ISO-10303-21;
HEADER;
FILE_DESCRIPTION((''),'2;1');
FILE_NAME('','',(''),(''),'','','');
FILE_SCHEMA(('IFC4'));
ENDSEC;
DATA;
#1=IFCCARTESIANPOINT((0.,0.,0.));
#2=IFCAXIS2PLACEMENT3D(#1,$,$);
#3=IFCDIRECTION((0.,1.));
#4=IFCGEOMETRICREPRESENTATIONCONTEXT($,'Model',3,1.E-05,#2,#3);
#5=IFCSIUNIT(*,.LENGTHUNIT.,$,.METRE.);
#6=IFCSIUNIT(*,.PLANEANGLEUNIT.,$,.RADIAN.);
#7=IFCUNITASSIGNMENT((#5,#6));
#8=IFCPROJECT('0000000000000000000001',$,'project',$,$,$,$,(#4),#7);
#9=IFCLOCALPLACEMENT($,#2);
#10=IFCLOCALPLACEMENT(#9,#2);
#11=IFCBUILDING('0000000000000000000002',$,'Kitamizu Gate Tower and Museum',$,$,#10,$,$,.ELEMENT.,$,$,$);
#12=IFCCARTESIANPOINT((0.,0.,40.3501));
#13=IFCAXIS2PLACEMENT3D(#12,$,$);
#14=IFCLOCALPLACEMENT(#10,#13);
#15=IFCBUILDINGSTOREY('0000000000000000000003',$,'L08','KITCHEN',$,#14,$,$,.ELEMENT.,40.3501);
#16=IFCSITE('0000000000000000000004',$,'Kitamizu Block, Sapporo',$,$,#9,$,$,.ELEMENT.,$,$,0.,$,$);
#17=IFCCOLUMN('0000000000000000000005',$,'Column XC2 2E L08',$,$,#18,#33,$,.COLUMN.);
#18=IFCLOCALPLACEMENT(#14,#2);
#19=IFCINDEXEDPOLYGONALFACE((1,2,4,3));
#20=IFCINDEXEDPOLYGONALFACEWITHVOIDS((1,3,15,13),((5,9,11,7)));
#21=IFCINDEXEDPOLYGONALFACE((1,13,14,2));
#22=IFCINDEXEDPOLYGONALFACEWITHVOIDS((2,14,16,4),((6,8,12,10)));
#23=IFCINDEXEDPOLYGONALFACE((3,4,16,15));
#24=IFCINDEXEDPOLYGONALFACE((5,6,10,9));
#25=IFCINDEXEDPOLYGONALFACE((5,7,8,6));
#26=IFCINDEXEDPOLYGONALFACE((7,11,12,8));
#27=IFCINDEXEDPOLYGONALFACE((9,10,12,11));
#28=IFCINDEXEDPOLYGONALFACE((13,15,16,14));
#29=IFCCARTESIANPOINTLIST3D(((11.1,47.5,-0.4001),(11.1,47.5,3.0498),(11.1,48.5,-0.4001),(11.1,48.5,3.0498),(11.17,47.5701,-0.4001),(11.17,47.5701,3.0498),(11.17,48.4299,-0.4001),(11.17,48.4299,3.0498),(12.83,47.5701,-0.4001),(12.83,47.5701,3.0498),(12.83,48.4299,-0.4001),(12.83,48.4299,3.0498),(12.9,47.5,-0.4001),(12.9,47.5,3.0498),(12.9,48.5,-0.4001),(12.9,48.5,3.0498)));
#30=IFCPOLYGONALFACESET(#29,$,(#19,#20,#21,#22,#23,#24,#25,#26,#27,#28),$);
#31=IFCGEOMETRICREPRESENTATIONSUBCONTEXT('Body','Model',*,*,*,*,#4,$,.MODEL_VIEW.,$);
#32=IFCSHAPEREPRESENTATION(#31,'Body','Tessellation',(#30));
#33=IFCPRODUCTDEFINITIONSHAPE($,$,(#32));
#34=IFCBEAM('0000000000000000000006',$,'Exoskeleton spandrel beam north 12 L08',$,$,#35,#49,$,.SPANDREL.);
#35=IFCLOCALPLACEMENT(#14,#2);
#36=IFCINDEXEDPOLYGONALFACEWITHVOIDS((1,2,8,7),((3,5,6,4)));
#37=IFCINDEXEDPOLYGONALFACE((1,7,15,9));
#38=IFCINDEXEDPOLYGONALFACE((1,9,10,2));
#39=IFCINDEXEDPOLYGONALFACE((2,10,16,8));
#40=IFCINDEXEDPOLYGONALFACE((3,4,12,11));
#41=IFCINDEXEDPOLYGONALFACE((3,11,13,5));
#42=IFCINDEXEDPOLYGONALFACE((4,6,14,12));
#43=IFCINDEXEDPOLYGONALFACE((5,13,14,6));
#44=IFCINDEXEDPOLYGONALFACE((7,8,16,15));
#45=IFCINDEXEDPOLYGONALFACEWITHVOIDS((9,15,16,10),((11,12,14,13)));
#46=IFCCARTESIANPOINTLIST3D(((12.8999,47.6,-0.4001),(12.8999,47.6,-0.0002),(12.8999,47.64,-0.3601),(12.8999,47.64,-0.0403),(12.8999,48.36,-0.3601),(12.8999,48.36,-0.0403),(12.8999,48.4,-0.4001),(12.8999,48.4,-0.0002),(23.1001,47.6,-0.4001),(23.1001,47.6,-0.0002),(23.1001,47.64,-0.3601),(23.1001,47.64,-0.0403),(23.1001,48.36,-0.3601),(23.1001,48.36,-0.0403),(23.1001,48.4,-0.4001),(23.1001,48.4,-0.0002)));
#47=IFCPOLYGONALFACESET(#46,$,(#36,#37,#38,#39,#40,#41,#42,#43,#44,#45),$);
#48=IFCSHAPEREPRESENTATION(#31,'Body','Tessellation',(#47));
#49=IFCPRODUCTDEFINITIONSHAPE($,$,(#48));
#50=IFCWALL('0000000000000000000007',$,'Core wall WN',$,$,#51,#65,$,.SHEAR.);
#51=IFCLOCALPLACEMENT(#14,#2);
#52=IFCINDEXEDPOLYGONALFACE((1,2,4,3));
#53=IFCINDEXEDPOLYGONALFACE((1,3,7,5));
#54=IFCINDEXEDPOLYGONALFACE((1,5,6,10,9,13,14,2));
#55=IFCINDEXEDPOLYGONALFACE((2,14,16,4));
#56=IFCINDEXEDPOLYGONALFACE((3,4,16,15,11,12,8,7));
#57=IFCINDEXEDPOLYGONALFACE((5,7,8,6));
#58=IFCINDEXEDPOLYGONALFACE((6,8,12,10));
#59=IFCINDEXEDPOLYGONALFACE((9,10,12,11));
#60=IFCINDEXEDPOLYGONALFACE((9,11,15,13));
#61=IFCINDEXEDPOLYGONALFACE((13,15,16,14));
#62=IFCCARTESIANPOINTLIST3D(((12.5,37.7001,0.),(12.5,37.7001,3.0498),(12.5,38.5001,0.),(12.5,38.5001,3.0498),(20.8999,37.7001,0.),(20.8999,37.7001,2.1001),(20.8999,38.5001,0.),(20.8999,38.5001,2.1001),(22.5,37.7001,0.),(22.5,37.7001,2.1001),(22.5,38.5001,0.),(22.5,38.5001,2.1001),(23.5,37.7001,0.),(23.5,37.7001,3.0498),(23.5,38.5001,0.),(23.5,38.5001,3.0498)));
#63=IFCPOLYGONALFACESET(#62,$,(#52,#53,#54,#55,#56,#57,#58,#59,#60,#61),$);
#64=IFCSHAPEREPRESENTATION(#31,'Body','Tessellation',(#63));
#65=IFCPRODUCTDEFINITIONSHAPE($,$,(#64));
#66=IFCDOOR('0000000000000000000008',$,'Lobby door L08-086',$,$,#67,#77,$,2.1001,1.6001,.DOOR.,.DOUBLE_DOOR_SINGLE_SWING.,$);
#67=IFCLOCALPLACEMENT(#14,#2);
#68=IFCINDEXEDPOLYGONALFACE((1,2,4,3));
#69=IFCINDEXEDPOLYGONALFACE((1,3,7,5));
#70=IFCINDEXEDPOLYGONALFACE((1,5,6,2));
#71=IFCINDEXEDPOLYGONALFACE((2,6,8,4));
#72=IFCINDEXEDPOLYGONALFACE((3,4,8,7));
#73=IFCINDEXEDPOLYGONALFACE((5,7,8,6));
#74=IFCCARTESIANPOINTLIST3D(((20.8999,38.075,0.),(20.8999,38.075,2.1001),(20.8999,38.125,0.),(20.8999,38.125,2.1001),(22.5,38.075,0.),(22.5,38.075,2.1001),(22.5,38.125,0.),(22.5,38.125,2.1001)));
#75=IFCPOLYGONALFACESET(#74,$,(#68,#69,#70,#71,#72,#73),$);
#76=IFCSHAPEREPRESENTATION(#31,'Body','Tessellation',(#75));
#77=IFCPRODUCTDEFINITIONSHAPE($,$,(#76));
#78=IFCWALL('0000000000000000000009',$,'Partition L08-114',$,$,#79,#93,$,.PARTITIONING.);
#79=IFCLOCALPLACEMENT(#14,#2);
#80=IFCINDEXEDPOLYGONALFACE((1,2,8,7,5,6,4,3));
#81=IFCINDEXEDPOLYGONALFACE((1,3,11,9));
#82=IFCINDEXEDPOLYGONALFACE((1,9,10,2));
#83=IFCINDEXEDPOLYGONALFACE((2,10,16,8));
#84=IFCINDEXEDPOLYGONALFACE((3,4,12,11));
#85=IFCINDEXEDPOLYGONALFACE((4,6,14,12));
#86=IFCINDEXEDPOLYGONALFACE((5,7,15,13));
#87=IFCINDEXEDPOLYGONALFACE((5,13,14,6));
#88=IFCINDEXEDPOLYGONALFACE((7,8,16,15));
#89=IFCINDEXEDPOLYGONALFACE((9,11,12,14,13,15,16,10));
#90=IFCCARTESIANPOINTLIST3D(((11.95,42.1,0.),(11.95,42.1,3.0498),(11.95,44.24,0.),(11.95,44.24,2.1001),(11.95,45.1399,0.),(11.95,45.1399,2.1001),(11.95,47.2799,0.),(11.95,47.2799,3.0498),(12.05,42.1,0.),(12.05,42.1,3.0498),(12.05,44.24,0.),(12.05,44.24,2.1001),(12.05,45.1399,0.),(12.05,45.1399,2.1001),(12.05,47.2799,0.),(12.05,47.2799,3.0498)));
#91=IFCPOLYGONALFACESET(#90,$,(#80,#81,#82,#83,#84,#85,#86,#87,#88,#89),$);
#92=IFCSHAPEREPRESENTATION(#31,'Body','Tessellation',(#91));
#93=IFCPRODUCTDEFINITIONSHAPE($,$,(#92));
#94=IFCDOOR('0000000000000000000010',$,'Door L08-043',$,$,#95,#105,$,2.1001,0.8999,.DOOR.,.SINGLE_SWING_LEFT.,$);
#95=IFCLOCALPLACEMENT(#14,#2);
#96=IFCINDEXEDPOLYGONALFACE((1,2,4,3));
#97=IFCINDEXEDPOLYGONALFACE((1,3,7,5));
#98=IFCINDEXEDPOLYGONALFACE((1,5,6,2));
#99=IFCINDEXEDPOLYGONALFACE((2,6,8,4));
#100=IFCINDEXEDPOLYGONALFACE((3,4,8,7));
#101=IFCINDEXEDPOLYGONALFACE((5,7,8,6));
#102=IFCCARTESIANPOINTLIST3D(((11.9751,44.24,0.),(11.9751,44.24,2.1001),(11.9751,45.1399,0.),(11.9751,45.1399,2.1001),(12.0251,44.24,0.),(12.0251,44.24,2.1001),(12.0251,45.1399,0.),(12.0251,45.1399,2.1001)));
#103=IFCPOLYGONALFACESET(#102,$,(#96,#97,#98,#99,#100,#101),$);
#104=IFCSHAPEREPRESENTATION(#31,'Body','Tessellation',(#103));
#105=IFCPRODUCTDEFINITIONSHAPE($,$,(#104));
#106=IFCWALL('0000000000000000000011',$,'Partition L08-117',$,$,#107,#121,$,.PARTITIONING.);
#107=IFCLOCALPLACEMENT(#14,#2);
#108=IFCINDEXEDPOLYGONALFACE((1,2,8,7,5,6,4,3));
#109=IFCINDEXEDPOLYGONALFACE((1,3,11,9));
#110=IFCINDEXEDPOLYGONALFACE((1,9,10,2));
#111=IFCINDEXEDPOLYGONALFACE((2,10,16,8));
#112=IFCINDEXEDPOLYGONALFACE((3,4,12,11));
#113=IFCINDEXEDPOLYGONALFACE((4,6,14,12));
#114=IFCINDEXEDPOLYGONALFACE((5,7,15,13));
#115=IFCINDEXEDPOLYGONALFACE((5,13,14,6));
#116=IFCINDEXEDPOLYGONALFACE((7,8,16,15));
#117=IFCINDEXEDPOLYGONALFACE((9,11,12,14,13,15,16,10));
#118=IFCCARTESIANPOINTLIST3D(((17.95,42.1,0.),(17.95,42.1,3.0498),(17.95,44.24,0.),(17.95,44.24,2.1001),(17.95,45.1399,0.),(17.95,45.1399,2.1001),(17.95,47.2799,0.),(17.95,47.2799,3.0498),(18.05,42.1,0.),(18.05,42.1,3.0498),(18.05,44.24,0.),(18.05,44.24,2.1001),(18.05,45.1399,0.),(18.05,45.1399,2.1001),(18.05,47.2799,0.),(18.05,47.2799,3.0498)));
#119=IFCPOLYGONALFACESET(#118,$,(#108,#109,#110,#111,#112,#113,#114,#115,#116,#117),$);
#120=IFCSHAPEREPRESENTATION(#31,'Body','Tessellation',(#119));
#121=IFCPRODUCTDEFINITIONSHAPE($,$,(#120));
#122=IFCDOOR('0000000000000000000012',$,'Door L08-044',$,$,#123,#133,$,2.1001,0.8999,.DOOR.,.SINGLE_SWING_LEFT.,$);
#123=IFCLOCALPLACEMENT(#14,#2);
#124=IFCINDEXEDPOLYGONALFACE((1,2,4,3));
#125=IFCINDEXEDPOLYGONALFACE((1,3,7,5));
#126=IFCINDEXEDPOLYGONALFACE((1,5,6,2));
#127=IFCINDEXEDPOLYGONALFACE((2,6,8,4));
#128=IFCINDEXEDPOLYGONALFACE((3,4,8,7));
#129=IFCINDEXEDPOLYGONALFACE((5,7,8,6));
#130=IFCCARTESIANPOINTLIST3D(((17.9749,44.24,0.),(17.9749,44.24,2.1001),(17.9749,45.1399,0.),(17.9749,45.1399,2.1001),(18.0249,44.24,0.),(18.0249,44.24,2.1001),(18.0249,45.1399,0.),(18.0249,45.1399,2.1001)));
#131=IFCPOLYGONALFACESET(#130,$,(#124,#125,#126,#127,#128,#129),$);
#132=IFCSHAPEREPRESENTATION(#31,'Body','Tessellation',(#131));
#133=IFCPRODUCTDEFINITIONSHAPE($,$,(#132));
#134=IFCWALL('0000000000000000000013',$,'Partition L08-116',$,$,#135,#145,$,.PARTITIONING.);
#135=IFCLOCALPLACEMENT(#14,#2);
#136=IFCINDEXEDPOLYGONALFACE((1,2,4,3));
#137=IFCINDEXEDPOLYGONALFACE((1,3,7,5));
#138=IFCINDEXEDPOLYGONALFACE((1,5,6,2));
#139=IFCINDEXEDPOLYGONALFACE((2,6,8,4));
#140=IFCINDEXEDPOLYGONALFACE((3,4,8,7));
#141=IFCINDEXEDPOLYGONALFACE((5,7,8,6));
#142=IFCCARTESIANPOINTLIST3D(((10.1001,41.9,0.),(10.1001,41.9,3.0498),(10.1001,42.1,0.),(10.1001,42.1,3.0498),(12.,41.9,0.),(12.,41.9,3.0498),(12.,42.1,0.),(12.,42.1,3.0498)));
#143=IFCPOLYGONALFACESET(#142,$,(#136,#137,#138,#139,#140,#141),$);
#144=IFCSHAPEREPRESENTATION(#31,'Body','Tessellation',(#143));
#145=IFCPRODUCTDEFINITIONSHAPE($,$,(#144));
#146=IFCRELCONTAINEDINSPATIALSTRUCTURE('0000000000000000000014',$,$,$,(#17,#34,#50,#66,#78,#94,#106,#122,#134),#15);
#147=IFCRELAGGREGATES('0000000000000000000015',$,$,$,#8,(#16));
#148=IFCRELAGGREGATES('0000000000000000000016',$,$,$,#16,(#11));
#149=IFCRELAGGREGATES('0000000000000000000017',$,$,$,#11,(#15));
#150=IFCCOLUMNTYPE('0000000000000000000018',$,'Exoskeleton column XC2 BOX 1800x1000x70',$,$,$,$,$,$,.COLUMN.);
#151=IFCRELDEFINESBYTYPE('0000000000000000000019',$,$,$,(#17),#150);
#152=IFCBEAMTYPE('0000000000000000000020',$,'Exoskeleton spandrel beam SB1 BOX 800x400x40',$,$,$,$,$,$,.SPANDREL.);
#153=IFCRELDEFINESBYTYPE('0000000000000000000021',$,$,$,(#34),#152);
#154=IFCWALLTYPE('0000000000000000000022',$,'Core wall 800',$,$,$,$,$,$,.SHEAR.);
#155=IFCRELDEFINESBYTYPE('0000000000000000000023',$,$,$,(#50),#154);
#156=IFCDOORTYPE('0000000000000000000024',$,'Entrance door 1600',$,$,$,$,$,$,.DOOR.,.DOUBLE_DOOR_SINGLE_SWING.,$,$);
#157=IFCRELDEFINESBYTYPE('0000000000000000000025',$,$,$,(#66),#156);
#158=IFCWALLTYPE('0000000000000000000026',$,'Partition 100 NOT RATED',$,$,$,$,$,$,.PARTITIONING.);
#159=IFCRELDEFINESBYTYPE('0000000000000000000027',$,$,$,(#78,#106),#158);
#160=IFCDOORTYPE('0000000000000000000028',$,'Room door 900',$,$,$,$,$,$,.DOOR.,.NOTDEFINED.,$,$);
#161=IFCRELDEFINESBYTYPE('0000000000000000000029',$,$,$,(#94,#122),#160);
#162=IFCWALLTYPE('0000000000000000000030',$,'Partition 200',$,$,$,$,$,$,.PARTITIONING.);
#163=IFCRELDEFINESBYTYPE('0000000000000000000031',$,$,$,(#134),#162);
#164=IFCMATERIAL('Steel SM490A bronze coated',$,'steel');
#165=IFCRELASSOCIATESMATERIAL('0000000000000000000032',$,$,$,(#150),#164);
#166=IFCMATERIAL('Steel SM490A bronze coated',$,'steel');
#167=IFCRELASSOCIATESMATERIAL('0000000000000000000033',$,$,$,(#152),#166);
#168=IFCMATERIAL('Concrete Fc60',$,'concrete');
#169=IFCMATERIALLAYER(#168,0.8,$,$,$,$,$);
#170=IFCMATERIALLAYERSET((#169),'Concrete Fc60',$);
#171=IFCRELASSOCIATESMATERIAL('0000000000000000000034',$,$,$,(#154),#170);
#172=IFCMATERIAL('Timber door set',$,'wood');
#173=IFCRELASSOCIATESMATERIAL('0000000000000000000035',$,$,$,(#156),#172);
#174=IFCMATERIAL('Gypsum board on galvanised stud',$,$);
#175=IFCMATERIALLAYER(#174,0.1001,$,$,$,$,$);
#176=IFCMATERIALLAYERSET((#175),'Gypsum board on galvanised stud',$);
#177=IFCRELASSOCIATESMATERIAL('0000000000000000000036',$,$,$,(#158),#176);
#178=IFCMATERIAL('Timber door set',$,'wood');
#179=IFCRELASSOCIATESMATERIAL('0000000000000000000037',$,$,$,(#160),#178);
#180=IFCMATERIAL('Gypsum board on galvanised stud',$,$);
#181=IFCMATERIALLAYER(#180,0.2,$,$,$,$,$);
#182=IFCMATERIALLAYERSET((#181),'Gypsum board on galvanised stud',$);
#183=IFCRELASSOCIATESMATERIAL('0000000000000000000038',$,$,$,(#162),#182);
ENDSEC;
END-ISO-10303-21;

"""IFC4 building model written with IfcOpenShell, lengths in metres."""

from ifc_helpers import new_model, si_unit, direction, frame, frame_2d, origin, origin_2d, place, context, subcontext, project, spatial, rectangle, hollow_rectangle, extrude, material, layer, layer_set, material_profile, profile_set, type_object, element, fill, save


model = new_model("IFC4")

# Units and contexts
model_context = context("Model", 3, precision=1e-05, world=origin(), true_north=direction((0.0, 1.0)))
body_context = subcontext(model_context, "Body", "Model", "MODEL_VIEW")
ifc_project = project(units=[si_unit("LENGTHUNIT", "METRE"), si_unit("PLANEANGLEUNIT", "RADIAN")], contexts=[model_context])

# Site, building, storey
site_placement = place(None, origin())
site = spatial("IfcSite", under=ifc_project, at=site_placement, Name="Kitamizu Block, Sapporo", CompositionType="ELEMENT", RefElevation=0.0)
building_placement = place(site_placement, origin())
building = spatial("IfcBuilding", under=site, at=building_placement, Name="Kitamizu Gate Tower and Museum", CompositionType="ELEMENT")
storey_placement = place(building_placement, frame((0.0, 0.0, 40.3501)))
storey = spatial("IfcBuildingStorey", under=building, at=storey_placement, Name="L08", Description="KITCHEN", CompositionType="ELEMENT", Elevation=40.3501)

# Column
ifc_material_1 = material(Name="Steel SM490A bronze coated", Category="steel")
ifc_material_profile_1 = material_profile(ifc_material_1, hollow_rectangle(XDim=1.8, YDim=1.0, WallThickness=0.0701, at=origin_2d()), Name="BOX 1800x1000x70")
ifc_profile_set_1 = profile_set([ifc_material_profile_1], Name="Steel SM490A bronze coated")
column_type = type_object("IfcColumnType", Name="Exoskeleton column XC2 BOX 1800x1000x70", PredefinedType="COLUMN", material=ifc_profile_set_1)
column_placement = place(storey_placement, frame((12.0, 48.0, -0.4001), z_axis=(0.0, 0.0, 1.0), x_axis=(1.0, 0.0, 0.0)))
element("IfcColumn", 1, at=column_placement, inside=storey, type_object=column_type, Name="Column XC2 2E L08", PredefinedType="COLUMN", context=body_context, shape_type="SweptSolid", body=[
    extrude(hollow_rectangle(XDim=1.8, YDim=1.0, WallThickness=0.0701, at=origin_2d()), origin(), (0.0, 0.0, 1.0), 3.45),
])

# Beam
ifc_material_2 = material(Name="Steel SM490A bronze coated", Category="steel")
ifc_material_profile_2 = material_profile(ifc_material_2, hollow_rectangle(XDim=0.8, YDim=0.3999, WallThickness=0.04, at=origin_2d()), Name="BOX 800x400x40")
ifc_profile_set_2 = profile_set([ifc_material_profile_2], Name="Steel SM490A bronze coated")
beam_type = type_object("IfcBeamType", Name="Exoskeleton spandrel beam SB1 BOX 800x400x40", PredefinedType="SPANDREL", material=ifc_profile_set_2)
beam_placement = place(storey_placement, frame((12.8999, 48.0, -0.2002), z_axis=(1.0, 0.0, 0.0), x_axis=(0.0, 1.0, 0.0)))
element("IfcBeam", 2, at=beam_placement, inside=storey, type_object=beam_type, Name="Exoskeleton spandrel beam north 12 L08", PredefinedType="SPANDREL", context=body_context, shape_type="SweptSolid", body=[
    extrude(hollow_rectangle(XDim=0.8, YDim=0.3999, WallThickness=0.04, at=origin_2d()), origin(), (0.0, 0.0, 1.0), 10.2002),
])

# Walls, openings, doors
ifc_material_3 = material(Name="Concrete Fc60", Category="concrete")
ifc_layer_1 = layer(ifc_material_3, 0.8)
ifc_layer_set_1 = layer_set([ifc_layer_1], Name="Concrete Fc60")
wall_type_1 = type_object("IfcWallType", Name="Core wall 800", PredefinedType="SHEAR", material=ifc_layer_set_1)
wall_1_placement = place(storey_placement, frame((12.5, 38.1001, 0.0), z_axis=(0.0, 0.0, 1.0), x_axis=(1.0, 0.0, 0.0)))
wall_1 = element("IfcWall", 3, at=wall_1_placement, inside=storey, type_object=wall_type_1, Name="Core wall WN", PredefinedType="SHEAR", context=body_context, shape_type="SweptSolid", body=[
    extrude(rectangle(XDim=11.0, YDim=0.8, at=frame_2d((5.5, 0.0))), origin(), (0.0, 0.0, 1.0), 3.0498),
])
opening_1_placement = place(wall_1_placement, frame((8.3999, 0.0, 0.0)))
opening_1 = element("IfcOpeningElement", 4, at=opening_1_placement, cuts=wall_1, PredefinedType="OPENING", context=body_context, shape_type="SweptSolid", body=[
    extrude(rectangle(XDim=1.6001, YDim=2.1001, at=frame_2d((0.8, 1.05))), frame((0.0, 0.4102, 0.0), z_axis=(0.0, -1.0, 0.0), x_axis=(1.0, 0.0, 0.0)), (0.0, 0.0, 1.0), 0.8201),
])
ifc_material_4 = material(Name="Timber door set", Category="wood")
door_type_1 = type_object("IfcDoorType", Name="Entrance door 1600", OperationType="DOUBLE_DOOR_SINGLE_SWING", PredefinedType="DOOR", material=ifc_material_4)
door_1_placement = place(opening_1_placement, origin())
door_1 = element("IfcDoor", 5, at=door_1_placement, inside=storey, type_object=door_type_1, Name="Lobby door L08-086", OperationType="DOUBLE_DOOR_SINGLE_SWING", OverallHeight=2.1001, OverallWidth=1.6001, PredefinedType="DOOR", context=body_context, shape_type="SweptSolid", body=[
    extrude(rectangle(XDim=1.6001, YDim=2.1001, at=frame_2d((0.8, 1.05))), frame((0.0, 0.0249, 0.0), z_axis=(0.0, -1.0, 0.0), x_axis=(1.0, 0.0, 0.0)), (0.0, 0.0, 1.0), 0.05),
])
fill(opening_1, door_1)
ifc_material_5 = material(Name="Gypsum board on galvanised stud")
ifc_layer_2 = layer(ifc_material_5, 0.1001)
ifc_layer_set_2 = layer_set([ifc_layer_2], Name="Gypsum board on galvanised stud")
wall_type_2 = type_object("IfcWallType", Name="Partition 100 NOT RATED", PredefinedType="PARTITIONING", material=ifc_layer_set_2)
wall_2_placement = place(storey_placement, frame((12.0, 42.1001, 0.0), z_axis=(0.0, 0.0, 1.0), x_axis=(0.0, 1.0, 0.0)))
wall_2 = element("IfcWall", 6, at=wall_2_placement, inside=storey, type_object=wall_type_2, Name="Partition L08-114", PredefinedType="PARTITIONING", context=body_context, shape_type="SweptSolid", body=[
    extrude(rectangle(XDim=5.1799, YDim=0.1001, at=frame_2d((2.5898, 0.0))), origin(), (0.0, 0.0, 1.0), 3.0498),
])
opening_2_placement = place(wall_2_placement, frame((2.1399, 0.0, 0.0)))
opening_2 = element("IfcOpeningElement", 7, at=opening_2_placement, cuts=wall_2, PredefinedType="OPENING", context=body_context, shape_type="SweptSolid", body=[
    extrude(rectangle(XDim=0.8999, YDim=2.1001, at=frame_2d((0.45, 1.05))), frame((0.0, 0.0601, 0.0), z_axis=(0.0, -1.0, 0.0), x_axis=(1.0, 0.0, 0.0)), (0.0, 0.0, 1.0), 0.1201),
])
ifc_material_6 = material(Name="Timber door set", Category="wood")
door_type_2 = type_object("IfcDoorType", Name="Room door 900", OperationType="NOTDEFINED", PredefinedType="DOOR", material=ifc_material_6)
door_2_placement = place(opening_2_placement, origin())
door_2 = element("IfcDoor", 8, at=door_2_placement, inside=storey, type_object=door_type_2, Name="Door L08-043", OperationType="SINGLE_SWING_LEFT", OverallHeight=2.1001, OverallWidth=0.8999, PredefinedType="DOOR", context=body_context, shape_type="SweptSolid", body=[
    extrude(rectangle(XDim=0.8999, YDim=2.1001, at=frame_2d((0.45, 1.05))), frame((0.0, 0.0249, 0.0), z_axis=(0.0, -1.0, 0.0), x_axis=(1.0, 0.0, 0.0)), (0.0, 0.0, 1.0), 0.05),
])
fill(opening_2, door_2)
wall_3_placement = place(storey_placement, frame((18.0, 42.1001, 0.0), z_axis=(0.0, 0.0, 1.0), x_axis=(0.0, 1.0, 0.0)))
wall_3 = element("IfcWall", 9, at=wall_3_placement, inside=storey, type_object=wall_type_2, Name="Partition L08-117", PredefinedType="PARTITIONING", context=body_context, shape_type="SweptSolid", body=[
    extrude(rectangle(XDim=5.1799, YDim=0.1001, at=frame_2d((2.5898, 0.0))), origin(), (0.0, 0.0, 1.0), 3.0498),
])
opening_3_placement = place(wall_3_placement, frame((2.1399, 0.0, 0.0)))
opening_3 = element("IfcOpeningElement", 10, at=opening_3_placement, cuts=wall_3, PredefinedType="OPENING", context=body_context, shape_type="SweptSolid", body=[
    extrude(rectangle(XDim=0.8999, YDim=2.1001, at=frame_2d((0.45, 1.05))), frame((0.0, 0.0601, 0.0), z_axis=(0.0, -1.0, 0.0), x_axis=(1.0, 0.0, 0.0)), (0.0, 0.0, 1.0), 0.1201),
])
door_3_placement = place(opening_3_placement, frame((0.8999, 0.0, 0.0), x_axis=(-1.0, 0.0, 0.0)))
door_3 = element("IfcDoor", 11, at=door_3_placement, inside=storey, type_object=door_type_2, Name="Door L08-044", OperationType="SINGLE_SWING_LEFT", OverallHeight=2.1001, OverallWidth=0.8999, PredefinedType="DOOR", context=body_context, shape_type="SweptSolid", body=[
    extrude(rectangle(XDim=0.8999, YDim=2.1001, at=frame_2d((0.45, 1.05))), frame((0.0, 0.0249, 0.0), z_axis=(0.0, -1.0, 0.0), x_axis=(1.0, 0.0, 0.0)), (0.0, 0.0, 1.0), 0.05),
])
fill(opening_3, door_3)

# Wall
ifc_material_7 = material(Name="Gypsum board on galvanised stud")
ifc_layer_3 = layer(ifc_material_7, 0.2)
ifc_layer_set_3 = layer_set([ifc_layer_3], Name="Gypsum board on galvanised stud")
wall_type_3 = type_object("IfcWallType", Name="Partition 200", PredefinedType="PARTITIONING", material=ifc_layer_set_3)
wall_4_placement = place(storey_placement, frame((10.1001, 42.0, 0.0), z_axis=(0.0, 0.0, 1.0), x_axis=(1.0, 0.0, 0.0)))
element("IfcWall", 12, at=wall_4_placement, inside=storey, type_object=wall_type_3, Name="Partition L08-116", PredefinedType="PARTITIONING", context=body_context, shape_type="SweptSolid", body=[
    extrude(rectangle(XDim=1.8999, YDim=0.2, at=frame_2d((0.95, 0.0))), origin(), (0.0, 0.0, 1.0), 3.0498),
])

save(model, "model.ifc")
